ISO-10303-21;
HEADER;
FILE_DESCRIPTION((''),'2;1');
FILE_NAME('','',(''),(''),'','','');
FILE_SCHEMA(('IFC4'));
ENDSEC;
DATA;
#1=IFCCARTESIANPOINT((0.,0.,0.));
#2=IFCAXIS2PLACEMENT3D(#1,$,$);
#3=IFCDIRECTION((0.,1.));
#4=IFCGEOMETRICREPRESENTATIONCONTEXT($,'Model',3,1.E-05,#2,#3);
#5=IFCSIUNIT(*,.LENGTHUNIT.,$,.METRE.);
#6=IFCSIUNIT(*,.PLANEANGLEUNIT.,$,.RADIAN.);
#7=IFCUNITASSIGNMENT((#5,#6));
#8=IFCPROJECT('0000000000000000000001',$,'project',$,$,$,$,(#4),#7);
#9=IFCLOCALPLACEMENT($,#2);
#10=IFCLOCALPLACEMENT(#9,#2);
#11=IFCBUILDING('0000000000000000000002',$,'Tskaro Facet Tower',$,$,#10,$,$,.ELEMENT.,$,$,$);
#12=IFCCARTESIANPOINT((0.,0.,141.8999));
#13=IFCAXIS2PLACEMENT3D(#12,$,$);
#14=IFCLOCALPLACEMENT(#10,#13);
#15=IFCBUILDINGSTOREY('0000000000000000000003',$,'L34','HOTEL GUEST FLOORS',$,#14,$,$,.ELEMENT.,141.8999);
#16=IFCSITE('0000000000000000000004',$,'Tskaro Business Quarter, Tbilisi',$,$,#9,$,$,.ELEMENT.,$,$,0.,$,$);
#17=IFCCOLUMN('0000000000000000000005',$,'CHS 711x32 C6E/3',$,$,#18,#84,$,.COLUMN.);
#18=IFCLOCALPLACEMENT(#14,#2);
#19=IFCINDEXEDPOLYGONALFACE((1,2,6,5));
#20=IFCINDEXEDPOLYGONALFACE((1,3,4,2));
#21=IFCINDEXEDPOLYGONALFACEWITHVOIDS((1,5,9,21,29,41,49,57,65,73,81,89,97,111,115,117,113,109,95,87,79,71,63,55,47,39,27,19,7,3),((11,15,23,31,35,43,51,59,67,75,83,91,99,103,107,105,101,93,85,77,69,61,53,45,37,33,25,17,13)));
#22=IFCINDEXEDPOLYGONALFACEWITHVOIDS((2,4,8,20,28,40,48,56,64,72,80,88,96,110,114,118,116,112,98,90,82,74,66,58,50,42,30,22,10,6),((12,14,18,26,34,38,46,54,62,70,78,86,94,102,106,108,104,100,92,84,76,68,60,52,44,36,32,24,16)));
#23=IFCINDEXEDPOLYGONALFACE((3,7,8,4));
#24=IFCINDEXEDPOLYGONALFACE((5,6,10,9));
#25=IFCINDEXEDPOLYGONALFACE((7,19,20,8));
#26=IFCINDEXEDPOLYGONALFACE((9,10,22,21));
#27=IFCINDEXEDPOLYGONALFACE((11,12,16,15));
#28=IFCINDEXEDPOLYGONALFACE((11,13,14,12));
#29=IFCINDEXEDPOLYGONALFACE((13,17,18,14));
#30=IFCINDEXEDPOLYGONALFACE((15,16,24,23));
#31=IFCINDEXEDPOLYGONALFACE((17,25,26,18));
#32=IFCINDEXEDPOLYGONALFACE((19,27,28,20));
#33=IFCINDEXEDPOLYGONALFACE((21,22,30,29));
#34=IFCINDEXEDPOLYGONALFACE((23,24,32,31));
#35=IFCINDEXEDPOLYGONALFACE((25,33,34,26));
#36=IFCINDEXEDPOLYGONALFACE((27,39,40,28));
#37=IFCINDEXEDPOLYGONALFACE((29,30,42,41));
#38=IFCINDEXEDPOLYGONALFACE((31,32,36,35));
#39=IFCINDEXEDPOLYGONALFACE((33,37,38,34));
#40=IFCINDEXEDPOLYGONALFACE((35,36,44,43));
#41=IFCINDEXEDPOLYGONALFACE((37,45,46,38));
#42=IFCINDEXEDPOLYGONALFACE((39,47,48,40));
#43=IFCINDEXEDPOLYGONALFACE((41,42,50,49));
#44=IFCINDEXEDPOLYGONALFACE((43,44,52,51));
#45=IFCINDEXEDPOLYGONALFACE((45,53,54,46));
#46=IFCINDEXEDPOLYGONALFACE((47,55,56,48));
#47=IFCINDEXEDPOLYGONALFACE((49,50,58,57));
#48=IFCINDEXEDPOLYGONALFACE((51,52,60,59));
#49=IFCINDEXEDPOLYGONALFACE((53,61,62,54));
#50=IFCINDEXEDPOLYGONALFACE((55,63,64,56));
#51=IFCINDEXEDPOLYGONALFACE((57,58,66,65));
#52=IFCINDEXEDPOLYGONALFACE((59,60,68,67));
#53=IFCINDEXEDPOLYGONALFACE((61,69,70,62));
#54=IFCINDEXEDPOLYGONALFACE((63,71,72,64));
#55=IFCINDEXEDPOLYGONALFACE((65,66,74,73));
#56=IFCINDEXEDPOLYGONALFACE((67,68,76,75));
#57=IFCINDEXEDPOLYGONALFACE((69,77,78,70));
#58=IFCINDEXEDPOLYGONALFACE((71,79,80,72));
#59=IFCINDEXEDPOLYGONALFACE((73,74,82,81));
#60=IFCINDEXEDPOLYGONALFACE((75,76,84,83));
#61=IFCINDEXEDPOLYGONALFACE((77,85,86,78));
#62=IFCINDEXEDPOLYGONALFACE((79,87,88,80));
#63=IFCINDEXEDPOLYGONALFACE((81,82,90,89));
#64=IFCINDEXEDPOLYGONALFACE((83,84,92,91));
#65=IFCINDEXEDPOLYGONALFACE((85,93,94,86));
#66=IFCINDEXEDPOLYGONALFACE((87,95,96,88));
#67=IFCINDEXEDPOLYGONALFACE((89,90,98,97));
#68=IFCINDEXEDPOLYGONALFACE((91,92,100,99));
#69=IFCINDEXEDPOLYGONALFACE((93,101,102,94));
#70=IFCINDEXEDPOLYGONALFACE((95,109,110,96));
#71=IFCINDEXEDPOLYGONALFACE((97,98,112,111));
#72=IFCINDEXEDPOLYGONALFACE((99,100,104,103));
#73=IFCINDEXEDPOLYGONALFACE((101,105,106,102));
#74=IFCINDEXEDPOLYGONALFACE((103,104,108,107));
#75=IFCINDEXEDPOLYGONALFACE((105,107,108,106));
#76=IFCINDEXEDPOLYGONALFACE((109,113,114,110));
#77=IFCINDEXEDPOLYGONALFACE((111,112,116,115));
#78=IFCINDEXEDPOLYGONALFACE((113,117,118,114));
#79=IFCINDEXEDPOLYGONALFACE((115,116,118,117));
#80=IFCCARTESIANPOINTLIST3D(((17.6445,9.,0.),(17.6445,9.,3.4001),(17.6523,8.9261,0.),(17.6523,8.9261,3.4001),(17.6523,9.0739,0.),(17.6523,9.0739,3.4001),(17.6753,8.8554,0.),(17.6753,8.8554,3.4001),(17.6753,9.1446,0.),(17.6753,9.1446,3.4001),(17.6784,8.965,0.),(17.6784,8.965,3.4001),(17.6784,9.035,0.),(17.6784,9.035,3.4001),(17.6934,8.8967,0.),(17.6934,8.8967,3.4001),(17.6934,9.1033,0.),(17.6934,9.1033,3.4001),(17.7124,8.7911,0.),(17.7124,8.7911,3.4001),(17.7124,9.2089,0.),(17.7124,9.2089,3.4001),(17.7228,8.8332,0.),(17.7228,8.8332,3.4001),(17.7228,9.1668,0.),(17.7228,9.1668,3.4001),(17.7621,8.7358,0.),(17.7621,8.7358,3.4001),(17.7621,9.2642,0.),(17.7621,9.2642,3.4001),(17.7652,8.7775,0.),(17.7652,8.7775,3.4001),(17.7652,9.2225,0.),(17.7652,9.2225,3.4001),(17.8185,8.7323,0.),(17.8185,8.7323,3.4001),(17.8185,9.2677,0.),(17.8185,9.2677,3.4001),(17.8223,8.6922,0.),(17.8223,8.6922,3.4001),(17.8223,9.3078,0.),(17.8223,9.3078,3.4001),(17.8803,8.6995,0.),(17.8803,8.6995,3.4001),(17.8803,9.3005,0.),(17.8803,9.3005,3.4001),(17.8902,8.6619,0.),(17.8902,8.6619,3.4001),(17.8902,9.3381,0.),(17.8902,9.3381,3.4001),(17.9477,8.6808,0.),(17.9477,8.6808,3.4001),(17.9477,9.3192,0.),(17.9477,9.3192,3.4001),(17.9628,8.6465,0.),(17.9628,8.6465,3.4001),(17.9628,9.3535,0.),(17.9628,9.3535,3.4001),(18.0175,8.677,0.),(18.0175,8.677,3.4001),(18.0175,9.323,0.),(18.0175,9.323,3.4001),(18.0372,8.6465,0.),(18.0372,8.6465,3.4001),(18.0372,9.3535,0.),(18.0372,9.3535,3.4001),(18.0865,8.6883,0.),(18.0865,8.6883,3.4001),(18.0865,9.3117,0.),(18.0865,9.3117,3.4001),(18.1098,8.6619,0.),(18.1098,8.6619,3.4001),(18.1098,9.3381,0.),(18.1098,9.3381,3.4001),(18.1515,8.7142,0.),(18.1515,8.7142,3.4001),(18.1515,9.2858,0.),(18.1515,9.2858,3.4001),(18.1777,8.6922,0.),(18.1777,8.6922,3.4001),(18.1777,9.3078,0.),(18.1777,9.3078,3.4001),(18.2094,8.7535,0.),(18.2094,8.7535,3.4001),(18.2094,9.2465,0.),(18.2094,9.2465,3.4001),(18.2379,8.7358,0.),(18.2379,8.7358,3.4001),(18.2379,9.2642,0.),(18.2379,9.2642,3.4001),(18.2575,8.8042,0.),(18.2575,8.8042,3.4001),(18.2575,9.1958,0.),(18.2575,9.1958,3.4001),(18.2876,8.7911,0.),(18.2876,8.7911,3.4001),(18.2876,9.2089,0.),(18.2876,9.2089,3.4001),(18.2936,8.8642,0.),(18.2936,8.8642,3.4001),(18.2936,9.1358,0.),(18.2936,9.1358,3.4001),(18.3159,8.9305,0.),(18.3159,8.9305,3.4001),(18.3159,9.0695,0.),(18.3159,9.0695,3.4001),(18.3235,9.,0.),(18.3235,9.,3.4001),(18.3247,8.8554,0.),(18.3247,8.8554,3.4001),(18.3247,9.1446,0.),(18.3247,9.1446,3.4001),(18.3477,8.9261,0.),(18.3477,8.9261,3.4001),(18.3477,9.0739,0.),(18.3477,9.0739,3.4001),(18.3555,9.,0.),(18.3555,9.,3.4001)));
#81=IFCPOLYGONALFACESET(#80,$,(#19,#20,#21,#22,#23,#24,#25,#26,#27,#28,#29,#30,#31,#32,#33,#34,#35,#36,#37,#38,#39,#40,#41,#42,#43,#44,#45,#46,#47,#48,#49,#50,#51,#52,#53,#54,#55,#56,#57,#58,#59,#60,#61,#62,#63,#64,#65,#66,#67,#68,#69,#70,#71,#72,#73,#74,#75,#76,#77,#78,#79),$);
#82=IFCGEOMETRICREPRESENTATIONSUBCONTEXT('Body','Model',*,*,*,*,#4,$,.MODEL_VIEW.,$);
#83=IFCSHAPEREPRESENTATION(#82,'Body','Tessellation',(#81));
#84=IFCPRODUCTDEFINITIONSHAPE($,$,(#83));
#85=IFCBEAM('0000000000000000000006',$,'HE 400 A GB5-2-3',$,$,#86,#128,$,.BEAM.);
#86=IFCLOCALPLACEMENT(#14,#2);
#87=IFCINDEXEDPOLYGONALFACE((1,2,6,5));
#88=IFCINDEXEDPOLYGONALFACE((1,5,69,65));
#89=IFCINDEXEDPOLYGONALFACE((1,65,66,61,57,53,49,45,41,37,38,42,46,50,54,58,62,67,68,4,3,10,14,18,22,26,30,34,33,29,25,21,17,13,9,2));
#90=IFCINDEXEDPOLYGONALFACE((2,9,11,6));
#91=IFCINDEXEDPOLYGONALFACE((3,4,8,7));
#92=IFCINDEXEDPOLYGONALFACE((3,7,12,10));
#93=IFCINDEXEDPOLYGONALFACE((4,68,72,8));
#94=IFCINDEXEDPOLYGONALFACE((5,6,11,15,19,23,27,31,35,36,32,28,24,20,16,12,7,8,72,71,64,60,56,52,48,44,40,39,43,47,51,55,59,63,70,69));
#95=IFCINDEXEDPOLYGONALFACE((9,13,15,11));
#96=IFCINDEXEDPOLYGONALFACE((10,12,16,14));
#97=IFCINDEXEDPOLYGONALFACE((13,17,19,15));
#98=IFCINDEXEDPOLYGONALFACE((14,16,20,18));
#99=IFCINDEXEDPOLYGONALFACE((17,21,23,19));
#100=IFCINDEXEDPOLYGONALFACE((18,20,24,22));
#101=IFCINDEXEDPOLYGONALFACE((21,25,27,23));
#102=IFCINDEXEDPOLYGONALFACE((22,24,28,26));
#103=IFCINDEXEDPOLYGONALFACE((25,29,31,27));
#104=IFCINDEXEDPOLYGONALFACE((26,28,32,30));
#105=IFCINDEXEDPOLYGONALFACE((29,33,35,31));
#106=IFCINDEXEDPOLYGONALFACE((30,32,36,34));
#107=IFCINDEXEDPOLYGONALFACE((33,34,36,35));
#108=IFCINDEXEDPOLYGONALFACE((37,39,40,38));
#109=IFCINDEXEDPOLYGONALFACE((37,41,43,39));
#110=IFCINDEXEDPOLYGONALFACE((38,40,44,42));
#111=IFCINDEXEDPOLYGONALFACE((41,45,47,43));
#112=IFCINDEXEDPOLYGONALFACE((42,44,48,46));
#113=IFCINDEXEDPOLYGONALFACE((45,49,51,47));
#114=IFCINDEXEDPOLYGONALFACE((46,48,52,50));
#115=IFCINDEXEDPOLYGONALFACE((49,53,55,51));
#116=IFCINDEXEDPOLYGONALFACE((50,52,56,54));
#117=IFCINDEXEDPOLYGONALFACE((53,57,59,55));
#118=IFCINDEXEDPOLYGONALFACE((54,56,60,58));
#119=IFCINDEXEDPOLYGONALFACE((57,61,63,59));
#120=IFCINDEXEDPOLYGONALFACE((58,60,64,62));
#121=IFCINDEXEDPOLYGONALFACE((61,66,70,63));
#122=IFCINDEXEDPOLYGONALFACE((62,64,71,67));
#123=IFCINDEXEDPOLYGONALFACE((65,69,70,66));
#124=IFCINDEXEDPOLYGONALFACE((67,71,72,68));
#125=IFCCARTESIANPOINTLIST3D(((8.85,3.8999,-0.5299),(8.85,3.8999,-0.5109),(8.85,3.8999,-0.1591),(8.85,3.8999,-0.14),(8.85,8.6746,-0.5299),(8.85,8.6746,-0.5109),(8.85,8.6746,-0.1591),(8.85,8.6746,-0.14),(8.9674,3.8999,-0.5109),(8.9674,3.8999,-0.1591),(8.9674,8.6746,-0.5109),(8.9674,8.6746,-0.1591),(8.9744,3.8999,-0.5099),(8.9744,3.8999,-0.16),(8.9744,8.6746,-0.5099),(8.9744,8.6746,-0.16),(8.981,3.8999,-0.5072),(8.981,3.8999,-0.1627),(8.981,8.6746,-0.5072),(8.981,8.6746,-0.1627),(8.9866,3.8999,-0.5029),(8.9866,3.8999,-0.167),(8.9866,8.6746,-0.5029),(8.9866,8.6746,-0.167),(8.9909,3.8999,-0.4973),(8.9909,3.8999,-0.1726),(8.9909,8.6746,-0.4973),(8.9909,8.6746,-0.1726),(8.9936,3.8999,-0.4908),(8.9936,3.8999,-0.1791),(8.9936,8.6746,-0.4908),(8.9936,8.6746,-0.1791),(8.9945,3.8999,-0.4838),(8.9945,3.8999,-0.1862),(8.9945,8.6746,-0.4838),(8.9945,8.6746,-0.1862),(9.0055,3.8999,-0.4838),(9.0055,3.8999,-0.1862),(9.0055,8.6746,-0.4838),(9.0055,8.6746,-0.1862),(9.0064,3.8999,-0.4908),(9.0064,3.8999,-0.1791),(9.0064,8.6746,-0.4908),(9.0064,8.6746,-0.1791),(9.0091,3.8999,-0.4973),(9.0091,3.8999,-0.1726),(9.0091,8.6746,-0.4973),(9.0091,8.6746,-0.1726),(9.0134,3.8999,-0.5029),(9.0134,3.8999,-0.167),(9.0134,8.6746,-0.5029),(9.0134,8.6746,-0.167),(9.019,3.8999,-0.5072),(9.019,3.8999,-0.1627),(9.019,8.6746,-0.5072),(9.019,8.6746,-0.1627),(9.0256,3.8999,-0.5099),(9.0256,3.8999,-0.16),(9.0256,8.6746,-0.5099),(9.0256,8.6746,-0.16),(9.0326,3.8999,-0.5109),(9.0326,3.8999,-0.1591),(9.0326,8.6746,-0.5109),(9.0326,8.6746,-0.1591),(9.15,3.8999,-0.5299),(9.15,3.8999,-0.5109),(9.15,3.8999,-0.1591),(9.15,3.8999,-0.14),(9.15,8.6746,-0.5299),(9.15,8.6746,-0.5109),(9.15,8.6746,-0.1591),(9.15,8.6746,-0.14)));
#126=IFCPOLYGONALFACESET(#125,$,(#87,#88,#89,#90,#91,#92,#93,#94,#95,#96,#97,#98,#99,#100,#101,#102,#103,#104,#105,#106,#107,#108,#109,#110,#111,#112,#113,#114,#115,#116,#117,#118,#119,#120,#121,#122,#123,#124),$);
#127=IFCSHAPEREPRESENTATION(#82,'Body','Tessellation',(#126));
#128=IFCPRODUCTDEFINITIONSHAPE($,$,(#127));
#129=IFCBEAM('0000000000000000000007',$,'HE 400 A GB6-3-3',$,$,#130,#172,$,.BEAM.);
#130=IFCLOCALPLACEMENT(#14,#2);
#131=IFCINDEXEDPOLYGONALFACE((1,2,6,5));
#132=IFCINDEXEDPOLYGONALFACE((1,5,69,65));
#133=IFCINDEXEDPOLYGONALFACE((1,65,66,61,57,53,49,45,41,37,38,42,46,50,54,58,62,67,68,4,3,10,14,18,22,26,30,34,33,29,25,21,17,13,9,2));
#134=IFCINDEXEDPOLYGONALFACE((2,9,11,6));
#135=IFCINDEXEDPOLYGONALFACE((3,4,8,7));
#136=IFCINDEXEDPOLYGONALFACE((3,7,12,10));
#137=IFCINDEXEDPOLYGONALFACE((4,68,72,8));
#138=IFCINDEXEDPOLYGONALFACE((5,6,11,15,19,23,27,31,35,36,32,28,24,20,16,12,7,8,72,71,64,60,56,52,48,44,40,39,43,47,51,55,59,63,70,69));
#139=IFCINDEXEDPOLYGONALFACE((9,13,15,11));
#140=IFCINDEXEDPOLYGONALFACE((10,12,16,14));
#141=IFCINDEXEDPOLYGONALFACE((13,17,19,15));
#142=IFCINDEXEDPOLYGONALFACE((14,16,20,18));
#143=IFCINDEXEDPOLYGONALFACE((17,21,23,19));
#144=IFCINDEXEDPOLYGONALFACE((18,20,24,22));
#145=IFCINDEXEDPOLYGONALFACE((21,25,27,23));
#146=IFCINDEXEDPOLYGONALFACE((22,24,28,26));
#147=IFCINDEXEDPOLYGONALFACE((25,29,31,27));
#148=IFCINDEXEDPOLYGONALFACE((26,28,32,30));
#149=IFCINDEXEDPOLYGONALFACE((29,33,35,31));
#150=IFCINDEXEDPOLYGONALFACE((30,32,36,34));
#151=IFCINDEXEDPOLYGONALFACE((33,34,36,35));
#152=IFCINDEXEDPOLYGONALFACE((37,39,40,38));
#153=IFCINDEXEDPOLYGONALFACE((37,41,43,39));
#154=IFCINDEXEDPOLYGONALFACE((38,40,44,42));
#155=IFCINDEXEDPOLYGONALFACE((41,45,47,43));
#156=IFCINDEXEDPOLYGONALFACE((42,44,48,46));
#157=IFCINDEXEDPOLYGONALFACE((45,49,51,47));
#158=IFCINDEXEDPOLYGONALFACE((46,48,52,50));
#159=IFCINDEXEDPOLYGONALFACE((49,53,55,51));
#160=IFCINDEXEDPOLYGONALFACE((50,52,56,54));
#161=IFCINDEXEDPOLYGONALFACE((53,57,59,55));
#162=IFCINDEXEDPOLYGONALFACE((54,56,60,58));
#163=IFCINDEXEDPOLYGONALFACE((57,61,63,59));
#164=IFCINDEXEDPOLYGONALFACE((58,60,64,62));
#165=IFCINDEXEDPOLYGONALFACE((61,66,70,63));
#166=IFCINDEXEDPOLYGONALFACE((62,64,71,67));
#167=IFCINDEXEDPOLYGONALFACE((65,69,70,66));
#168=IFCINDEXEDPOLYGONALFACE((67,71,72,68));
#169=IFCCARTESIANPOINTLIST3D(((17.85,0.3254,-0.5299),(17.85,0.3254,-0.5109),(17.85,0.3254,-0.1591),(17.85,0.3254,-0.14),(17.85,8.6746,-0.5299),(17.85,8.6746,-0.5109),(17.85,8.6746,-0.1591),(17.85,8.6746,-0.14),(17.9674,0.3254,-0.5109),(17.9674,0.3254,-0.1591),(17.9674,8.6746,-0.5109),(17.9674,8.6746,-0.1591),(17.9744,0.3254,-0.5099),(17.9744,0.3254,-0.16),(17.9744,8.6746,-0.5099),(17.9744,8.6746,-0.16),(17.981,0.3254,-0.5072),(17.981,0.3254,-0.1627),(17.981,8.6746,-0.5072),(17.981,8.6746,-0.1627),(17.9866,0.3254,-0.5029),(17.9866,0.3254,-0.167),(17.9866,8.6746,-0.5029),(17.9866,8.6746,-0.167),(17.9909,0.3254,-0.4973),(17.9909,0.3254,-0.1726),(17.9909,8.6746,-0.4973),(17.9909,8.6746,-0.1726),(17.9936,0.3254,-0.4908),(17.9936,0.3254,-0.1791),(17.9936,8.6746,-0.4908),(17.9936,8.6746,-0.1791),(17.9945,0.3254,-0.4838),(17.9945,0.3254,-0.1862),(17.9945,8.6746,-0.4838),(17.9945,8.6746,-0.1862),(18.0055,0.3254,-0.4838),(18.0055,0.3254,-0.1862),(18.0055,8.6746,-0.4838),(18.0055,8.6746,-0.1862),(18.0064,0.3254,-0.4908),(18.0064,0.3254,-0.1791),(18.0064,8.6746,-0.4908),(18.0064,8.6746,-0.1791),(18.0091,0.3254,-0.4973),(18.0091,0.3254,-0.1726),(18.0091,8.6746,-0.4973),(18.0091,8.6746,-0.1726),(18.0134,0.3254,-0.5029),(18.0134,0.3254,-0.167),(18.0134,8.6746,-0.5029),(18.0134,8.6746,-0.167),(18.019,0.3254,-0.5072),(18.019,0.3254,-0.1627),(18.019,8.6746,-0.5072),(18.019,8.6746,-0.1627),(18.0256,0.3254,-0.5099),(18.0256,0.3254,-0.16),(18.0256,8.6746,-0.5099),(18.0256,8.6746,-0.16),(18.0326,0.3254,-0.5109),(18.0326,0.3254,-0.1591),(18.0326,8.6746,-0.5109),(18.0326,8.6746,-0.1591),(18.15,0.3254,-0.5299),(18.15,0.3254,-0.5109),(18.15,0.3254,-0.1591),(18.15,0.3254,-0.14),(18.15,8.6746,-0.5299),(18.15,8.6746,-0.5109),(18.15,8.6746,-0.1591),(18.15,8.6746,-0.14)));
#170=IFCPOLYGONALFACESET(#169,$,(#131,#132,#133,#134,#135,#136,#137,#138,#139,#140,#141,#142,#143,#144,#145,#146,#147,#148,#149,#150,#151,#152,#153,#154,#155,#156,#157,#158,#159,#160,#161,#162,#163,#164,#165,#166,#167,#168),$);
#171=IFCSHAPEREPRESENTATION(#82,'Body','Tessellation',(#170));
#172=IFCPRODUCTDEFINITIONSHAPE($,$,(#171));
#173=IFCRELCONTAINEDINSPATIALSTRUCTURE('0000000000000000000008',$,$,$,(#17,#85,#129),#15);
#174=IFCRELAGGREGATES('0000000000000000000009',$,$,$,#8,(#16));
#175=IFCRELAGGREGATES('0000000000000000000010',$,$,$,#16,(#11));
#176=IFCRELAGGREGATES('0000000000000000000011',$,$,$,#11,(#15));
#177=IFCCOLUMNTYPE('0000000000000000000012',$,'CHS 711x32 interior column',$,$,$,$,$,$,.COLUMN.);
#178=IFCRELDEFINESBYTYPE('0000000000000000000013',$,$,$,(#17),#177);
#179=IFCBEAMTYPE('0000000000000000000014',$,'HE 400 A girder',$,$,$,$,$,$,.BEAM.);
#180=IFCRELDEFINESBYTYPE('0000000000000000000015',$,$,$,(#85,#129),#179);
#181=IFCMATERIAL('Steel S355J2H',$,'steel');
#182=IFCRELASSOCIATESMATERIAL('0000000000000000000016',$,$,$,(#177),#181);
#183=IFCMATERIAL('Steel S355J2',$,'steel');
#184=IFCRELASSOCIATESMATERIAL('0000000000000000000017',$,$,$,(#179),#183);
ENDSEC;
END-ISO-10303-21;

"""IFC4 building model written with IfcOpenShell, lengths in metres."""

from ifc_helpers import new_model, si_unit, direction, frame, origin, origin_2d, place, context, subcontext, project, spatial, hollow_circle, i_section, extrude, material, material_profile, profile_set, type_object, element, save


model = new_model("IFC4")

# Units and contexts
model_context = context("Model", 3, precision=1e-05, world=origin(), true_north=direction((0.0, 1.0)))
body_context = subcontext(model_context, "Body", "Model", "MODEL_VIEW")
ifc_project = project(units=[si_unit("LENGTHUNIT", "METRE"), si_unit("PLANEANGLEUNIT", "RADIAN")], contexts=[model_context])

# Site, building, storey
site_placement = place(None, origin())
site = spatial("IfcSite", under=ifc_project, at=site_placement, Name="Tskaro Business Quarter, Tbilisi", CompositionType="ELEMENT", RefElevation=0.0)
building_placement = place(site_placement, origin())
building = spatial("IfcBuilding", under=site, at=building_placement, Name="Tskaro Facet Tower", CompositionType="ELEMENT")
storey_placement = place(building_placement, frame((0.0, 0.0, 141.8999)))
storey = spatial("IfcBuildingStorey", under=building, at=storey_placement, Name="L34", Description="HOTEL GUEST FLOORS", CompositionType="ELEMENT", Elevation=141.8999)

# Column
ifc_material_1 = material(Name="Steel S355J2H", Category="steel")
ifc_material_profile_1 = material_profile(ifc_material_1, hollow_circle(Radius=0.3555, WallThickness=0.032, at=origin_2d()), Name="CHS 711x32")
ifc_profile_set_1 = profile_set([ifc_material_profile_1], Name="Steel S355J2H")
column_type = type_object("IfcColumnType", Name="CHS 711x32 interior column", PredefinedType="COLUMN", material=ifc_profile_set_1)
for number, where, z_axis, x_axis, name in (
    (1, (18.0, 9.0, 0.0), (0.0, 0.0, 1.0), (1.0, 0.0, 0.0), "CHS 711x32 C6E/3"),
):
    element("IfcColumn", number, at=place(storey_placement, frame(where, z_axis=z_axis, x_axis=x_axis)), inside=storey, type_object=column_type, Name=name, PredefinedType="COLUMN", context=body_context, shape_type="SweptSolid", body=[
        extrude(hollow_circle(Radius=0.3555, WallThickness=0.032, at=origin_2d()), origin(), (0.0, 0.0, 1.0), 3.4001),
    ])

# Beams
ifc_material_2 = material(Name="Steel S355J2", Category="steel")
ifc_material_profile_2 = material_profile(ifc_material_2, i_section(OverallWidth=0.3, OverallDepth=0.3899, WebThickness=0.011, FlangeThickness=0.019, FilletRadius=0.0271, at=origin_2d()), Name="HE 400 A")
ifc_profile_set_2 = profile_set([ifc_material_profile_2], Name="Steel S355J2")
beam_type_1 = type_object("IfcBeamType", Name="HE 400 A girder", PredefinedType="BEAM", material=ifc_profile_set_2)
beam_1_placement = place(storey_placement, frame((9.0, 3.8999, -0.335), z_axis=(0.0, 1.0, 0.0), x_axis=(-1.0, 0.0, 0.0)))
element("IfcBeam", 2, at=beam_1_placement, inside=storey, type_object=beam_type_1, Name="HE 400 A GB5-2-3", PredefinedType="BEAM", context=body_context, shape_type="SweptSolid", body=[
    extrude(i_section(OverallWidth=0.3, OverallDepth=0.3899, WebThickness=0.011, FlangeThickness=0.019, FilletRadius=0.0271, at=origin_2d()), origin(), (0.0, 0.0, 1.0), 4.7747),
])
beam_2_placement = place(storey_placement, frame((18.0, 0.3254, -0.335), z_axis=(0.0, 1.0, 0.0), x_axis=(-1.0, 0.0, 0.0)))
element("IfcBeam", 3, at=beam_2_placement, inside=storey, type_object=beam_type_1, Name="HE 400 A GB6-3-3", PredefinedType="BEAM", context=body_context, shape_type="SweptSolid", body=[
    extrude(i_section(OverallWidth=0.3, OverallDepth=0.3899, WebThickness=0.011, FlangeThickness=0.019, FilletRadius=0.0271, at=origin_2d()), origin(), (0.0, 0.0, 1.0), 8.3491),
])

save(model, "model.ifc")
